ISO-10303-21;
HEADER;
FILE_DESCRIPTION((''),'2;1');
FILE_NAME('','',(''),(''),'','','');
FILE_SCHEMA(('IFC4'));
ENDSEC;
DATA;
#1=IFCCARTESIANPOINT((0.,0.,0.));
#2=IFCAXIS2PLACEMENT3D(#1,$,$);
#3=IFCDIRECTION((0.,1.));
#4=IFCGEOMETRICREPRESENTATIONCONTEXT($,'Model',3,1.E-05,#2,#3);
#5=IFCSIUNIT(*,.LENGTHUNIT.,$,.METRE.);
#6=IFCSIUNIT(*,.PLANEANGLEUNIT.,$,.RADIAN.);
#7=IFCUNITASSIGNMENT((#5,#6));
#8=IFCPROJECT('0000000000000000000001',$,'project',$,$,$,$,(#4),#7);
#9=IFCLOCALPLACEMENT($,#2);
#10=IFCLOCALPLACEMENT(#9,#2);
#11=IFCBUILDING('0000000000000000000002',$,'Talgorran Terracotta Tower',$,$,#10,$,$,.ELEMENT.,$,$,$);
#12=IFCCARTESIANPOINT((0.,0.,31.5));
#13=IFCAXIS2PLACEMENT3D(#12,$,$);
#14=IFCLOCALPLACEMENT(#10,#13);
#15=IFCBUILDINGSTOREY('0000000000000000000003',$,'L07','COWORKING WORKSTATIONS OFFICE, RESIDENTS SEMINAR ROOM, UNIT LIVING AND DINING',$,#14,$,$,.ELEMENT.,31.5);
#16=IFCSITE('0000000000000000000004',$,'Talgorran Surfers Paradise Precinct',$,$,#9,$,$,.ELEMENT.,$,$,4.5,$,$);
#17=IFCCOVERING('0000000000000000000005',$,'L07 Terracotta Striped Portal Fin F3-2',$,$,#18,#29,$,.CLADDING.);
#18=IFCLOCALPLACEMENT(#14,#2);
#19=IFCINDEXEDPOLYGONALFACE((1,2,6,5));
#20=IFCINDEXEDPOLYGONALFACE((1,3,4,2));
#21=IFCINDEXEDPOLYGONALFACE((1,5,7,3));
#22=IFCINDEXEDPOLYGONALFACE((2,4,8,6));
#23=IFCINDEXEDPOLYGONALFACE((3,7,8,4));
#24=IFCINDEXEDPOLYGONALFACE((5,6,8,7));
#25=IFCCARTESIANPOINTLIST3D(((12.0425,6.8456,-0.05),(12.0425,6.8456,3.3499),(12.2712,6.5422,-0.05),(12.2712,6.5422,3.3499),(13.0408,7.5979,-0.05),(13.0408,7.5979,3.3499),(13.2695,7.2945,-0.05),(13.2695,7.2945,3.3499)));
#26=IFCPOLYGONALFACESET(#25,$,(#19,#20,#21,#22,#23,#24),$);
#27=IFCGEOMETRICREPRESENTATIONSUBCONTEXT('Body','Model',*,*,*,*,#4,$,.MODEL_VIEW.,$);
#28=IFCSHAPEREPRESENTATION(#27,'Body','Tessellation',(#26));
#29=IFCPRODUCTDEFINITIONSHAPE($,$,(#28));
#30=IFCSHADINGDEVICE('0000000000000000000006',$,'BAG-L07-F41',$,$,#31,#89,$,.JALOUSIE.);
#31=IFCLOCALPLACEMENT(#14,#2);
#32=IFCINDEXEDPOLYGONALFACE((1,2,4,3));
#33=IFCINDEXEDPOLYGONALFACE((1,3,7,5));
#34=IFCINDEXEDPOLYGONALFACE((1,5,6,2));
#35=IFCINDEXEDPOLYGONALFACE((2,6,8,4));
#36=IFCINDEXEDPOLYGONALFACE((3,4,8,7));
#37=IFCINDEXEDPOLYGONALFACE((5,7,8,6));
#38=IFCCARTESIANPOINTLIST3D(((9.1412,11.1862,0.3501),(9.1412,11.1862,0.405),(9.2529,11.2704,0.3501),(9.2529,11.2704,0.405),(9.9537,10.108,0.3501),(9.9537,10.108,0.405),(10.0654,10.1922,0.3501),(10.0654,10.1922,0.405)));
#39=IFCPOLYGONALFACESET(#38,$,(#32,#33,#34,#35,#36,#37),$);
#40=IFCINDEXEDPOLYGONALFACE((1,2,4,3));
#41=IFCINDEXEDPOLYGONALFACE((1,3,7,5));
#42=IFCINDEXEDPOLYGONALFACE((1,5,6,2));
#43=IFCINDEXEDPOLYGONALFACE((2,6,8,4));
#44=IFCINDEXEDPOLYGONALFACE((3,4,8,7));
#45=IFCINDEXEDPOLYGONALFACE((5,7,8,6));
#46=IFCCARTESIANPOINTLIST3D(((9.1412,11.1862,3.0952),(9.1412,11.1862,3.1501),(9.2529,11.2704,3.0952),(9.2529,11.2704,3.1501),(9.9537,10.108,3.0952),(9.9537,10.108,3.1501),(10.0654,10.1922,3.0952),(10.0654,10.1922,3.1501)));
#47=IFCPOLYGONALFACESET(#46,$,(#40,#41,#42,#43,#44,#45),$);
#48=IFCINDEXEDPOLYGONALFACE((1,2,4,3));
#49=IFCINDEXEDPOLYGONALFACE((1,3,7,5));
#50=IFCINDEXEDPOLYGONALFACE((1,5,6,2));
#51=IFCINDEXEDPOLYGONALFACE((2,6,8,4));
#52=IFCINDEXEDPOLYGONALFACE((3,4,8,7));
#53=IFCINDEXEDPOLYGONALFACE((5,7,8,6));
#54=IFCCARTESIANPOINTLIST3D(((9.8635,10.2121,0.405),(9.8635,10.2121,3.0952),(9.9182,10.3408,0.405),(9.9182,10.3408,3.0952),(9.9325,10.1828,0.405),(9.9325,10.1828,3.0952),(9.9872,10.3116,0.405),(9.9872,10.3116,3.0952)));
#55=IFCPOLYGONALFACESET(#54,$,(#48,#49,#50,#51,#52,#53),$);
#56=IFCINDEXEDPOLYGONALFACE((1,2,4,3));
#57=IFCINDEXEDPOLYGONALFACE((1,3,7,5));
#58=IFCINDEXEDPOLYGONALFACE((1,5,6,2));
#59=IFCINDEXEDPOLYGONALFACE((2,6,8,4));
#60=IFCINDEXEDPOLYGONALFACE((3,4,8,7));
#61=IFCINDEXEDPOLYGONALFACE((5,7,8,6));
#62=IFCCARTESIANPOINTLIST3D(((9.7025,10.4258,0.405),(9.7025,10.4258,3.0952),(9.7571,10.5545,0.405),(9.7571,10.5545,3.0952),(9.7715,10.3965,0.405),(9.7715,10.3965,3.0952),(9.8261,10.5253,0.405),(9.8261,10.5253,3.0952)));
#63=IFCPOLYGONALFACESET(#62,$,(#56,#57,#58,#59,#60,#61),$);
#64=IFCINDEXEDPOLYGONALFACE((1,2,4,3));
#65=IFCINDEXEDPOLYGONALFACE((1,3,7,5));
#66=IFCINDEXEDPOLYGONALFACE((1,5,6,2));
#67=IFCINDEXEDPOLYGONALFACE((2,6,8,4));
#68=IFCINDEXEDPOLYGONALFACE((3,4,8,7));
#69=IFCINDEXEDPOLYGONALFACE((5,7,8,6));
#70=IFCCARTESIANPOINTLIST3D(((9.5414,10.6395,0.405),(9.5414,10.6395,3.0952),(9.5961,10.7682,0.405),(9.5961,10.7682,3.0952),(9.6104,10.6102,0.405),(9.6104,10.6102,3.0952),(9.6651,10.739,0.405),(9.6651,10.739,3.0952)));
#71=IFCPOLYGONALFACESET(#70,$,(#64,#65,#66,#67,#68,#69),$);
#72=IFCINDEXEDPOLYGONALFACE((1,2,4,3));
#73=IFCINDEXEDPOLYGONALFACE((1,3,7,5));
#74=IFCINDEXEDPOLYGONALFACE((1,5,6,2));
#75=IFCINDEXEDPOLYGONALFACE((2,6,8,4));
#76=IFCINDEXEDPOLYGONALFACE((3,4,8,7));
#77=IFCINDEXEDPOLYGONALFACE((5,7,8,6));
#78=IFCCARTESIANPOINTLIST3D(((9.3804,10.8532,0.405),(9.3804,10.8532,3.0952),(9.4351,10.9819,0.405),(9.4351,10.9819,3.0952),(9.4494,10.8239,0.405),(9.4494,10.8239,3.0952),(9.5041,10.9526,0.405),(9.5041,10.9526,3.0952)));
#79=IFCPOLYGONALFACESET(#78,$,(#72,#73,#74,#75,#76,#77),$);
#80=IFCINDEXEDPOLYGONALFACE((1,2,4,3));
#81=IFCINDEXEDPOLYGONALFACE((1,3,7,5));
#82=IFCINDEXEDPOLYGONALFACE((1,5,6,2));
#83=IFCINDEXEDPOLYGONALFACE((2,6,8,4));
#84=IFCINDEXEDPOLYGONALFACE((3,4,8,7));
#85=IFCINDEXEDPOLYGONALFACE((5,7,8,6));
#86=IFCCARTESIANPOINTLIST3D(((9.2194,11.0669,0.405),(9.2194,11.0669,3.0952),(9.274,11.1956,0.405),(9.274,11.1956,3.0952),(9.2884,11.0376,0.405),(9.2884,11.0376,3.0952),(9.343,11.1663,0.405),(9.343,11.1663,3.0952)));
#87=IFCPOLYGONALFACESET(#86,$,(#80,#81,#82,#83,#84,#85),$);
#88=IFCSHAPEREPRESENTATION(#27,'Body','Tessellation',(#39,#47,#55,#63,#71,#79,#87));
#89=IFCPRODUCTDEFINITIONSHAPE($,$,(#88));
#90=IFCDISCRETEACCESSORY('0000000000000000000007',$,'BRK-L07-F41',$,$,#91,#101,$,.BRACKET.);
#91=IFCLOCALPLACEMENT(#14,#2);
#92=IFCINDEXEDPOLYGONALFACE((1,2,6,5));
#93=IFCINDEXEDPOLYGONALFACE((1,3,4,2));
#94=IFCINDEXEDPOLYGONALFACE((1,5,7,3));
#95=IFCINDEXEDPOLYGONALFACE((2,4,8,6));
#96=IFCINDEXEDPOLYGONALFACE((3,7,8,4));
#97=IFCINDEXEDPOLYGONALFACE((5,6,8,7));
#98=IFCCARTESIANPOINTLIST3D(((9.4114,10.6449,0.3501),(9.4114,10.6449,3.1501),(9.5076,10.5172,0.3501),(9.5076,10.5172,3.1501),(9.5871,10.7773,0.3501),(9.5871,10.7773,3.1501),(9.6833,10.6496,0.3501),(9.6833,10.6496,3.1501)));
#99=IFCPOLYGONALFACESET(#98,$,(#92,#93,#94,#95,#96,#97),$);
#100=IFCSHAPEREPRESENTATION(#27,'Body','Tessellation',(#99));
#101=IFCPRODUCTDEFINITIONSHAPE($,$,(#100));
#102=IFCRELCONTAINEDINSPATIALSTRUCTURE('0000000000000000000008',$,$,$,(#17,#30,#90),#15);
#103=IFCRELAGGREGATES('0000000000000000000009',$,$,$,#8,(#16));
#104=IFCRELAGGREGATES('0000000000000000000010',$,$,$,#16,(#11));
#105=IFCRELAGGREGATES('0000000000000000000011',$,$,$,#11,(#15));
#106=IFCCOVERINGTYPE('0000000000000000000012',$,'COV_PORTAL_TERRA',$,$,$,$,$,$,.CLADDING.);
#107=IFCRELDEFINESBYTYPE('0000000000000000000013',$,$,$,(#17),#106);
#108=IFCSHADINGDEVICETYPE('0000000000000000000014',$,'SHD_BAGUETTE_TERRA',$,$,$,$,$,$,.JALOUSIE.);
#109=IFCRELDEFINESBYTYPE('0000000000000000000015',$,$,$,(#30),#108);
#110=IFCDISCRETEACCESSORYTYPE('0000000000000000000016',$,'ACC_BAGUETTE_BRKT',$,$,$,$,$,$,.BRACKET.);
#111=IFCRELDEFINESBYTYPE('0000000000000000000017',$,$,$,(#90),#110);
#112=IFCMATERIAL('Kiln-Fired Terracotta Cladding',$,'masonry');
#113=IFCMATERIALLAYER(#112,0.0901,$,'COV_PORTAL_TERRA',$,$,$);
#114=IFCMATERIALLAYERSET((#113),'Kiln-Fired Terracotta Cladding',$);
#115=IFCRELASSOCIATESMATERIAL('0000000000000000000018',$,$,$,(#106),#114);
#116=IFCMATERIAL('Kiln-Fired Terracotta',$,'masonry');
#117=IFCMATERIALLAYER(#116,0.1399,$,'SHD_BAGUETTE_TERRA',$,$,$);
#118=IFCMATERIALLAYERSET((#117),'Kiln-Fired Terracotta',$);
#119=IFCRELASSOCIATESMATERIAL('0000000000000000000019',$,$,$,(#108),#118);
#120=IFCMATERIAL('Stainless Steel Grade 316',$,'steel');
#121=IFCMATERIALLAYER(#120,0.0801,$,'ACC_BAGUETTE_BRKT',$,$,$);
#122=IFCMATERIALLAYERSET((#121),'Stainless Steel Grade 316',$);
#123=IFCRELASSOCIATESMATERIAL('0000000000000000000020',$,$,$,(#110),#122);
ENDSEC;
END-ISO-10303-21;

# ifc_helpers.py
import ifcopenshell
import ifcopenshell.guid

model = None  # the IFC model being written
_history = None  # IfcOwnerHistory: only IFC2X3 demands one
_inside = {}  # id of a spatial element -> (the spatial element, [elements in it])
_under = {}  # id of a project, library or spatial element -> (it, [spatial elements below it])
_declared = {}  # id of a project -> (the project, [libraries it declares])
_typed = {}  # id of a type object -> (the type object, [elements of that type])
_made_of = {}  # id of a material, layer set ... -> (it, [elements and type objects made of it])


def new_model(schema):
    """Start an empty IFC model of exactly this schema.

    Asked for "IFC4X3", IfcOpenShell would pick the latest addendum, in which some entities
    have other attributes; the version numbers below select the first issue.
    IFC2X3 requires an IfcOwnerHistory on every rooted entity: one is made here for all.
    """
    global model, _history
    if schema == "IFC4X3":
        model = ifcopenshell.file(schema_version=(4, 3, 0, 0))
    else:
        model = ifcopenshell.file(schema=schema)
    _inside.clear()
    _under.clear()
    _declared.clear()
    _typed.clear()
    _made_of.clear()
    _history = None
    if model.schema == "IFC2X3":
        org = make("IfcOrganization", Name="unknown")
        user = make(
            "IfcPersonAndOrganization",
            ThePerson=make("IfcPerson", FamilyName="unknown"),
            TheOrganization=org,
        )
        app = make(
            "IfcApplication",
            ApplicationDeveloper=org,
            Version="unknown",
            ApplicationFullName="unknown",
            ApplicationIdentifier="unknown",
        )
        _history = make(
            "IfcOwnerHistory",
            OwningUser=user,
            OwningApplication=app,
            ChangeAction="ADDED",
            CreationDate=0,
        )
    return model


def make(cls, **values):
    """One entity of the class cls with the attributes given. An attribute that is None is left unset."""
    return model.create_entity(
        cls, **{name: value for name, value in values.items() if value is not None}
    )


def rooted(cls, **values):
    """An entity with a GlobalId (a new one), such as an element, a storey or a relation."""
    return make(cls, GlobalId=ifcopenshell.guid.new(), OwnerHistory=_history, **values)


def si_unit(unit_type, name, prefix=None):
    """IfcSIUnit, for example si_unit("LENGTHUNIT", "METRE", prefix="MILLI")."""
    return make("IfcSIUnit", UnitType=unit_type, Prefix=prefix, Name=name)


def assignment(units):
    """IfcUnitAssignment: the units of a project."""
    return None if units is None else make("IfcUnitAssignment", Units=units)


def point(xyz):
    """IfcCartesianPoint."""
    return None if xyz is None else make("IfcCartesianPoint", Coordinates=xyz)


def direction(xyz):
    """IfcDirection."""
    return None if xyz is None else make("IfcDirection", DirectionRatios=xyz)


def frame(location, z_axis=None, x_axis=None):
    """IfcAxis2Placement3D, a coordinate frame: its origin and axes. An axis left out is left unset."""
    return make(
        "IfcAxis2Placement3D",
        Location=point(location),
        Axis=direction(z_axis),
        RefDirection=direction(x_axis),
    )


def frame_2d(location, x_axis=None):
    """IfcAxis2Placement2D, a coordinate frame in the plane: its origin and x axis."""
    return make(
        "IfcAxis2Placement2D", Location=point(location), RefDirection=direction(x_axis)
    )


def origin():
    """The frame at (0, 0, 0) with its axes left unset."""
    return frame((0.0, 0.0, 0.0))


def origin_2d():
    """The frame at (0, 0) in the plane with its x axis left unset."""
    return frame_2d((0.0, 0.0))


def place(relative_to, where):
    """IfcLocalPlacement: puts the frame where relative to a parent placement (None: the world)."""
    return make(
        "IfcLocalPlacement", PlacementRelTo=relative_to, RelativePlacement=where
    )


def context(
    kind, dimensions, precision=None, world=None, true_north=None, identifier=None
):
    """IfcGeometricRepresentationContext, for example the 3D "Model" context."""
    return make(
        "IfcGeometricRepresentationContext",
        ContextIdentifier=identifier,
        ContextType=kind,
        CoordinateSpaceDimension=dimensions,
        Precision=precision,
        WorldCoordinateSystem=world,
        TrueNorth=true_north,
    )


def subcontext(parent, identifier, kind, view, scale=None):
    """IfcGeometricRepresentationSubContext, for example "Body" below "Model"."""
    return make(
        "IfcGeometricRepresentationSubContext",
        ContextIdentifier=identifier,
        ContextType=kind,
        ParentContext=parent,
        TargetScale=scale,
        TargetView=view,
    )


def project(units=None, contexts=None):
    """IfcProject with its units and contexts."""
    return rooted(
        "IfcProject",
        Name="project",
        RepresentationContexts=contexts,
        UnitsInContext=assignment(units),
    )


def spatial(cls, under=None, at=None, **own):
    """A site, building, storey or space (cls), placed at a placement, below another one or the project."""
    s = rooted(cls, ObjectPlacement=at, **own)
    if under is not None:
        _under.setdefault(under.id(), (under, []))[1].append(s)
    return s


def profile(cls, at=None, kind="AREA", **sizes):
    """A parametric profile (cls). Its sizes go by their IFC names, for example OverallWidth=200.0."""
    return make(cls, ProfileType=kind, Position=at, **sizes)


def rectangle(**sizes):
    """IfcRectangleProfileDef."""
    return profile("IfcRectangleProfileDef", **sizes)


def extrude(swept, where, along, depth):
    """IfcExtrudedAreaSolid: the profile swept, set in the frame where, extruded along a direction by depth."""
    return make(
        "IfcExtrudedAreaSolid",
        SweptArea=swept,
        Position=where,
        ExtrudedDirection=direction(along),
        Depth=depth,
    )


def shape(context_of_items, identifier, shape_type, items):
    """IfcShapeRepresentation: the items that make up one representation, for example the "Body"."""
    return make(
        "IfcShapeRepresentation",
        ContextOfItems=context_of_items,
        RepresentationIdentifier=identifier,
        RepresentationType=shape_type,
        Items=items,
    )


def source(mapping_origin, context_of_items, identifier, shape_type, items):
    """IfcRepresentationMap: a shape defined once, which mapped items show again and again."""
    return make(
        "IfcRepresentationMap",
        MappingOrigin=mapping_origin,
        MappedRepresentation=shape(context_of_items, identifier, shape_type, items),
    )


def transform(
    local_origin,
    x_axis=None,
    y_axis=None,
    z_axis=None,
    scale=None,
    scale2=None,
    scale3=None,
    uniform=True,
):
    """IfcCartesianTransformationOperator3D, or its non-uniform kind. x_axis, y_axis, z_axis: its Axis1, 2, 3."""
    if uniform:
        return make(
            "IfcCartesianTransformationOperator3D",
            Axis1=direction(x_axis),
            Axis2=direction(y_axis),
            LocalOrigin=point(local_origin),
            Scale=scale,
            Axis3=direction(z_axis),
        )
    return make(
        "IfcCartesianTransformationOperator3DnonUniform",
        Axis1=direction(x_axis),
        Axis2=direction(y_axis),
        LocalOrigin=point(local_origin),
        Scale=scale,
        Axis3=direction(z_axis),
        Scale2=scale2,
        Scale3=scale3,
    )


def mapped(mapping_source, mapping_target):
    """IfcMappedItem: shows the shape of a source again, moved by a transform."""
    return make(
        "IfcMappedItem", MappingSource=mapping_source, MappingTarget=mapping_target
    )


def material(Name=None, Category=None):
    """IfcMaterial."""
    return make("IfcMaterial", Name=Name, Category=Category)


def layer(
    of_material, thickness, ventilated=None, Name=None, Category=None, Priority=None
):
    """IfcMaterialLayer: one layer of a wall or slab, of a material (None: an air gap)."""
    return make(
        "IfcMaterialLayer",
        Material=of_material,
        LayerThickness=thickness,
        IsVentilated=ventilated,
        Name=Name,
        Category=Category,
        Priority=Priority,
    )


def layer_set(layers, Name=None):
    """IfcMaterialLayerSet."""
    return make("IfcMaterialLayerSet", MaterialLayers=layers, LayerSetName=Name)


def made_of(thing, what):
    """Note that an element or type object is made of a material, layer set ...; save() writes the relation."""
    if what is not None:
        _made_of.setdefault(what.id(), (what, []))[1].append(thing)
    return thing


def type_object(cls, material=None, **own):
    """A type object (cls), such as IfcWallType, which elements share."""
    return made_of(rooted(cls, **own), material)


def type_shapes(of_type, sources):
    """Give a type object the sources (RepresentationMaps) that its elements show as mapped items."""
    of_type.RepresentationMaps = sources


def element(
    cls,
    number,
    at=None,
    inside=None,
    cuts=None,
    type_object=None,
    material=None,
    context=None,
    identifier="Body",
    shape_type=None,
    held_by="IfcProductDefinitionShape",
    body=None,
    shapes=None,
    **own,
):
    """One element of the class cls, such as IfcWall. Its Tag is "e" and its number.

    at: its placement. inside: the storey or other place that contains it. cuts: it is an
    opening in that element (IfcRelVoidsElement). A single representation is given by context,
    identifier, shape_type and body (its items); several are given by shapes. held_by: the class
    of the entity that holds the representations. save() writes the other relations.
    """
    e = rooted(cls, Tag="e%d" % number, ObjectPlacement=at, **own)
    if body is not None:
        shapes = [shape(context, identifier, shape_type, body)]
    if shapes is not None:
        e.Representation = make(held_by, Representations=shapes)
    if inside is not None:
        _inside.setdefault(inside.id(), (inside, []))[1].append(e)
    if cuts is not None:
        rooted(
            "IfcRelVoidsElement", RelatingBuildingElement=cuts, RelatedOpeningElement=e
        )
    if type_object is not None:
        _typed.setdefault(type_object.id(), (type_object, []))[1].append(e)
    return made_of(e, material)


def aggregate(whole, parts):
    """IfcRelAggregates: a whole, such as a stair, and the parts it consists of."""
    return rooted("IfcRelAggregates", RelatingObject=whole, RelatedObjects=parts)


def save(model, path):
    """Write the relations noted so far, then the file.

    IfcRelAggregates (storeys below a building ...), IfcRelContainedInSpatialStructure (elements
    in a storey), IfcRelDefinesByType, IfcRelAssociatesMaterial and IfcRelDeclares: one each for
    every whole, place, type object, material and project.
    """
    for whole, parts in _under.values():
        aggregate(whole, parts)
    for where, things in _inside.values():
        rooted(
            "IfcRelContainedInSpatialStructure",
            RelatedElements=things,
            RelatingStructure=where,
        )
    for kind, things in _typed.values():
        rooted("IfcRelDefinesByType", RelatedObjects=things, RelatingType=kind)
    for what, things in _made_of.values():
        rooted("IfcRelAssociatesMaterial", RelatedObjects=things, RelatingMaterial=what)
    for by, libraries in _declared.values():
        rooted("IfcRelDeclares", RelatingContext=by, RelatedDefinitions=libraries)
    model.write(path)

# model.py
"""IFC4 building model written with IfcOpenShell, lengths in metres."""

from ifc_helpers import new_model, si_unit, direction, frame, origin, origin_2d, place, context, subcontext, project, spatial, rectangle, extrude, source, transform, mapped, material, layer, layer_set, type_object, type_shapes, element, save


model = new_model("IFC4")

# Units and contexts
model_context = context("Model", 3, precision=1e-05, world=origin(), true_north=direction((0.0, 1.0)))
body_context = subcontext(model_context, "Body", "Model", "MODEL_VIEW")
ifc_project = project(units=[si_unit("LENGTHUNIT", "METRE"), si_unit("PLANEANGLEUNIT", "RADIAN")], contexts=[model_context])

# Site, building, storey
site_placement = place(None, origin())
site = spatial("IfcSite", under=ifc_project, at=site_placement, Name="Talgorran Surfers Paradise Precinct", CompositionType="ELEMENT", RefElevation=4.5)
building_placement = place(site_placement, origin())
building = spatial("IfcBuilding", under=site, at=building_placement, Name="Talgorran Terracotta Tower", CompositionType="ELEMENT")
storey_placement = place(building_placement, frame((0.0, 0.0, 31.5)))
storey = spatial("IfcBuildingStorey", under=building, at=storey_placement, Name="L07", Description="COWORKING WORKSTATIONS OFFICE, RESIDENTS SEMINAR ROOM, UNIT LIVING AND DINING", CompositionType="ELEMENT", Elevation=31.5)

# Covering
ifc_material_1 = material(Name="Kiln-Fired Terracotta Cladding", Category="masonry")
ifc_layer_1 = layer(ifc_material_1, 0.0901, Name="COV_PORTAL_TERRA")
ifc_layer_set_1 = layer_set([ifc_layer_1], Name="Kiln-Fired Terracotta Cladding")
covering_type_1 = type_object("IfcCoveringType", Name="COV_PORTAL_TERRA", PredefinedType="CLADDING", material=ifc_layer_set_1)
covering_1_placement = place(storey_placement, frame((12.656, 7.0701, -0.05), z_axis=(0.0, 0.0, 1.0), x_axis=(-0.601815, 0.798636, 0.0)))
element("IfcCovering", 1, at=covering_1_placement, inside=storey, type_object=covering_type_1, Name="L07 Terracotta Striped Portal Fin F3-2", PredefinedType="CLADDING", context=body_context, shape_type="SweptSolid", body=[
    extrude(rectangle(XDim=0.3799, YDim=1.25, at=origin_2d()), origin(), (0.0, 0.0, 1.0), 3.3999),
])

# Shading device
ifc_material_2 = material(Name="Kiln-Fired Terracotta", Category="masonry")
ifc_layer_2 = layer(ifc_material_2, 0.1399, Name="SHD_BAGUETTE_TERRA")
ifc_layer_set_2 = layer_set([ifc_layer_2], Name="Kiln-Fired Terracotta")
shading_device_type = type_object("IfcShadingDeviceType", Name="SHD_BAGUETTE_TERRA", PredefinedType="JALOUSIE", material=ifc_layer_set_2)
shared_shape_1 = source(origin(), body_context, "Body", "SweptSolid", [
    extrude(rectangle(XDim=1.3501, YDim=0.1399, at=origin_2d()), origin(), (0.0, 0.0, 1.0), 0.0549),
    extrude(rectangle(XDim=1.3501, YDim=0.1399, at=origin_2d()), frame((0.0, 0.0, 2.7451)), (0.0, 0.0, 1.0), 0.0549),
    extrude(rectangle(XDim=0.075, YDim=0.1399, at=origin_2d()), frame((-0.5352, 0.0, 0.0549), z_axis=(0.0, 0.0, 1.0), x_axis=(0.866025, 0.5, 0.0)), (0.0, 0.0, 1.0), 2.6902),
    extrude(rectangle(XDim=0.075, YDim=0.1399, at=origin_2d()), frame((-0.2676, 0.0, 0.0549), z_axis=(0.0, 0.0, 1.0), x_axis=(0.866025, 0.5, 0.0)), (0.0, 0.0, 1.0), 2.6902),
    extrude(rectangle(XDim=0.075, YDim=0.1399, at=origin_2d()), frame((0.0, 0.0, 0.0549), z_axis=(0.0, 0.0, 1.0), x_axis=(0.866025, 0.5, 0.0)), (0.0, 0.0, 1.0), 2.6902),
    extrude(rectangle(XDim=0.075, YDim=0.1399, at=origin_2d()), frame((0.2676, 0.0, 0.0549), z_axis=(0.0, 0.0, 1.0), x_axis=(0.866025, 0.5, 0.0)), (0.0, 0.0, 1.0), 2.6902),
    extrude(rectangle(XDim=0.075, YDim=0.1399, at=origin_2d()), frame((0.5352, 0.0, 0.0549), z_axis=(0.0, 0.0, 1.0), x_axis=(0.866025, 0.5, 0.0)), (0.0, 0.0, 1.0), 2.6902),
])
type_shapes(shading_device_type, [shared_shape_1])
shading_device_placement = place(storey_placement, frame((9.6033, 10.6892, 0.3501), z_axis=(0.0, 0.0, 1.0), x_axis=(-0.601815, 0.798636, 0.0)))
element("IfcShadingDevice", 2, at=shading_device_placement, inside=storey, type_object=shading_device_type, Name="BAG-L07-F41", PredefinedType="JALOUSIE", context=body_context, shape_type="MappedRepresentation", body=[
    mapped(shared_shape_1, transform((0.0, 0.0, 0.0), scale=1.0)),
])

# Discrete accessory
ifc_material_3 = material(Name="Stainless Steel Grade 316", Category="steel")
ifc_layer_3 = layer(ifc_material_3, 0.0801, Name="ACC_BAGUETTE_BRKT")
ifc_layer_set_3 = layer_set([ifc_layer_3], Name="Stainless Steel Grade 316")
discrete_accessory_type = type_object("IfcDiscreteAccessoryType", Name="ACC_BAGUETTE_BRKT", PredefinedType="BRACKET", material=ifc_layer_set_3)
shared_shape_2 = source(origin(), body_context, "Body", "SweptSolid", [
    extrude(rectangle(XDim=0.1599, YDim=0.22, at=origin_2d()), origin(), (0.0, 0.0, 1.0), 2.8),
])
type_shapes(discrete_accessory_type, [shared_shape_2])
discrete_accessory_placement = place(storey_placement, frame((9.5474, 10.6472, 0.3501), z_axis=(0.0, 0.0, 1.0), x_axis=(-0.601815, 0.798636, 0.0)))
element("IfcDiscreteAccessory", 3, at=discrete_accessory_placement, inside=storey, type_object=discrete_accessory_type, Name="BRK-L07-F41", PredefinedType="BRACKET", context=body_context, shape_type="MappedRepresentation", body=[
    mapped(shared_shape_2, transform((0.0, 0.0, 0.0), scale=1.0)),
])

save(model, "model.ifc")
